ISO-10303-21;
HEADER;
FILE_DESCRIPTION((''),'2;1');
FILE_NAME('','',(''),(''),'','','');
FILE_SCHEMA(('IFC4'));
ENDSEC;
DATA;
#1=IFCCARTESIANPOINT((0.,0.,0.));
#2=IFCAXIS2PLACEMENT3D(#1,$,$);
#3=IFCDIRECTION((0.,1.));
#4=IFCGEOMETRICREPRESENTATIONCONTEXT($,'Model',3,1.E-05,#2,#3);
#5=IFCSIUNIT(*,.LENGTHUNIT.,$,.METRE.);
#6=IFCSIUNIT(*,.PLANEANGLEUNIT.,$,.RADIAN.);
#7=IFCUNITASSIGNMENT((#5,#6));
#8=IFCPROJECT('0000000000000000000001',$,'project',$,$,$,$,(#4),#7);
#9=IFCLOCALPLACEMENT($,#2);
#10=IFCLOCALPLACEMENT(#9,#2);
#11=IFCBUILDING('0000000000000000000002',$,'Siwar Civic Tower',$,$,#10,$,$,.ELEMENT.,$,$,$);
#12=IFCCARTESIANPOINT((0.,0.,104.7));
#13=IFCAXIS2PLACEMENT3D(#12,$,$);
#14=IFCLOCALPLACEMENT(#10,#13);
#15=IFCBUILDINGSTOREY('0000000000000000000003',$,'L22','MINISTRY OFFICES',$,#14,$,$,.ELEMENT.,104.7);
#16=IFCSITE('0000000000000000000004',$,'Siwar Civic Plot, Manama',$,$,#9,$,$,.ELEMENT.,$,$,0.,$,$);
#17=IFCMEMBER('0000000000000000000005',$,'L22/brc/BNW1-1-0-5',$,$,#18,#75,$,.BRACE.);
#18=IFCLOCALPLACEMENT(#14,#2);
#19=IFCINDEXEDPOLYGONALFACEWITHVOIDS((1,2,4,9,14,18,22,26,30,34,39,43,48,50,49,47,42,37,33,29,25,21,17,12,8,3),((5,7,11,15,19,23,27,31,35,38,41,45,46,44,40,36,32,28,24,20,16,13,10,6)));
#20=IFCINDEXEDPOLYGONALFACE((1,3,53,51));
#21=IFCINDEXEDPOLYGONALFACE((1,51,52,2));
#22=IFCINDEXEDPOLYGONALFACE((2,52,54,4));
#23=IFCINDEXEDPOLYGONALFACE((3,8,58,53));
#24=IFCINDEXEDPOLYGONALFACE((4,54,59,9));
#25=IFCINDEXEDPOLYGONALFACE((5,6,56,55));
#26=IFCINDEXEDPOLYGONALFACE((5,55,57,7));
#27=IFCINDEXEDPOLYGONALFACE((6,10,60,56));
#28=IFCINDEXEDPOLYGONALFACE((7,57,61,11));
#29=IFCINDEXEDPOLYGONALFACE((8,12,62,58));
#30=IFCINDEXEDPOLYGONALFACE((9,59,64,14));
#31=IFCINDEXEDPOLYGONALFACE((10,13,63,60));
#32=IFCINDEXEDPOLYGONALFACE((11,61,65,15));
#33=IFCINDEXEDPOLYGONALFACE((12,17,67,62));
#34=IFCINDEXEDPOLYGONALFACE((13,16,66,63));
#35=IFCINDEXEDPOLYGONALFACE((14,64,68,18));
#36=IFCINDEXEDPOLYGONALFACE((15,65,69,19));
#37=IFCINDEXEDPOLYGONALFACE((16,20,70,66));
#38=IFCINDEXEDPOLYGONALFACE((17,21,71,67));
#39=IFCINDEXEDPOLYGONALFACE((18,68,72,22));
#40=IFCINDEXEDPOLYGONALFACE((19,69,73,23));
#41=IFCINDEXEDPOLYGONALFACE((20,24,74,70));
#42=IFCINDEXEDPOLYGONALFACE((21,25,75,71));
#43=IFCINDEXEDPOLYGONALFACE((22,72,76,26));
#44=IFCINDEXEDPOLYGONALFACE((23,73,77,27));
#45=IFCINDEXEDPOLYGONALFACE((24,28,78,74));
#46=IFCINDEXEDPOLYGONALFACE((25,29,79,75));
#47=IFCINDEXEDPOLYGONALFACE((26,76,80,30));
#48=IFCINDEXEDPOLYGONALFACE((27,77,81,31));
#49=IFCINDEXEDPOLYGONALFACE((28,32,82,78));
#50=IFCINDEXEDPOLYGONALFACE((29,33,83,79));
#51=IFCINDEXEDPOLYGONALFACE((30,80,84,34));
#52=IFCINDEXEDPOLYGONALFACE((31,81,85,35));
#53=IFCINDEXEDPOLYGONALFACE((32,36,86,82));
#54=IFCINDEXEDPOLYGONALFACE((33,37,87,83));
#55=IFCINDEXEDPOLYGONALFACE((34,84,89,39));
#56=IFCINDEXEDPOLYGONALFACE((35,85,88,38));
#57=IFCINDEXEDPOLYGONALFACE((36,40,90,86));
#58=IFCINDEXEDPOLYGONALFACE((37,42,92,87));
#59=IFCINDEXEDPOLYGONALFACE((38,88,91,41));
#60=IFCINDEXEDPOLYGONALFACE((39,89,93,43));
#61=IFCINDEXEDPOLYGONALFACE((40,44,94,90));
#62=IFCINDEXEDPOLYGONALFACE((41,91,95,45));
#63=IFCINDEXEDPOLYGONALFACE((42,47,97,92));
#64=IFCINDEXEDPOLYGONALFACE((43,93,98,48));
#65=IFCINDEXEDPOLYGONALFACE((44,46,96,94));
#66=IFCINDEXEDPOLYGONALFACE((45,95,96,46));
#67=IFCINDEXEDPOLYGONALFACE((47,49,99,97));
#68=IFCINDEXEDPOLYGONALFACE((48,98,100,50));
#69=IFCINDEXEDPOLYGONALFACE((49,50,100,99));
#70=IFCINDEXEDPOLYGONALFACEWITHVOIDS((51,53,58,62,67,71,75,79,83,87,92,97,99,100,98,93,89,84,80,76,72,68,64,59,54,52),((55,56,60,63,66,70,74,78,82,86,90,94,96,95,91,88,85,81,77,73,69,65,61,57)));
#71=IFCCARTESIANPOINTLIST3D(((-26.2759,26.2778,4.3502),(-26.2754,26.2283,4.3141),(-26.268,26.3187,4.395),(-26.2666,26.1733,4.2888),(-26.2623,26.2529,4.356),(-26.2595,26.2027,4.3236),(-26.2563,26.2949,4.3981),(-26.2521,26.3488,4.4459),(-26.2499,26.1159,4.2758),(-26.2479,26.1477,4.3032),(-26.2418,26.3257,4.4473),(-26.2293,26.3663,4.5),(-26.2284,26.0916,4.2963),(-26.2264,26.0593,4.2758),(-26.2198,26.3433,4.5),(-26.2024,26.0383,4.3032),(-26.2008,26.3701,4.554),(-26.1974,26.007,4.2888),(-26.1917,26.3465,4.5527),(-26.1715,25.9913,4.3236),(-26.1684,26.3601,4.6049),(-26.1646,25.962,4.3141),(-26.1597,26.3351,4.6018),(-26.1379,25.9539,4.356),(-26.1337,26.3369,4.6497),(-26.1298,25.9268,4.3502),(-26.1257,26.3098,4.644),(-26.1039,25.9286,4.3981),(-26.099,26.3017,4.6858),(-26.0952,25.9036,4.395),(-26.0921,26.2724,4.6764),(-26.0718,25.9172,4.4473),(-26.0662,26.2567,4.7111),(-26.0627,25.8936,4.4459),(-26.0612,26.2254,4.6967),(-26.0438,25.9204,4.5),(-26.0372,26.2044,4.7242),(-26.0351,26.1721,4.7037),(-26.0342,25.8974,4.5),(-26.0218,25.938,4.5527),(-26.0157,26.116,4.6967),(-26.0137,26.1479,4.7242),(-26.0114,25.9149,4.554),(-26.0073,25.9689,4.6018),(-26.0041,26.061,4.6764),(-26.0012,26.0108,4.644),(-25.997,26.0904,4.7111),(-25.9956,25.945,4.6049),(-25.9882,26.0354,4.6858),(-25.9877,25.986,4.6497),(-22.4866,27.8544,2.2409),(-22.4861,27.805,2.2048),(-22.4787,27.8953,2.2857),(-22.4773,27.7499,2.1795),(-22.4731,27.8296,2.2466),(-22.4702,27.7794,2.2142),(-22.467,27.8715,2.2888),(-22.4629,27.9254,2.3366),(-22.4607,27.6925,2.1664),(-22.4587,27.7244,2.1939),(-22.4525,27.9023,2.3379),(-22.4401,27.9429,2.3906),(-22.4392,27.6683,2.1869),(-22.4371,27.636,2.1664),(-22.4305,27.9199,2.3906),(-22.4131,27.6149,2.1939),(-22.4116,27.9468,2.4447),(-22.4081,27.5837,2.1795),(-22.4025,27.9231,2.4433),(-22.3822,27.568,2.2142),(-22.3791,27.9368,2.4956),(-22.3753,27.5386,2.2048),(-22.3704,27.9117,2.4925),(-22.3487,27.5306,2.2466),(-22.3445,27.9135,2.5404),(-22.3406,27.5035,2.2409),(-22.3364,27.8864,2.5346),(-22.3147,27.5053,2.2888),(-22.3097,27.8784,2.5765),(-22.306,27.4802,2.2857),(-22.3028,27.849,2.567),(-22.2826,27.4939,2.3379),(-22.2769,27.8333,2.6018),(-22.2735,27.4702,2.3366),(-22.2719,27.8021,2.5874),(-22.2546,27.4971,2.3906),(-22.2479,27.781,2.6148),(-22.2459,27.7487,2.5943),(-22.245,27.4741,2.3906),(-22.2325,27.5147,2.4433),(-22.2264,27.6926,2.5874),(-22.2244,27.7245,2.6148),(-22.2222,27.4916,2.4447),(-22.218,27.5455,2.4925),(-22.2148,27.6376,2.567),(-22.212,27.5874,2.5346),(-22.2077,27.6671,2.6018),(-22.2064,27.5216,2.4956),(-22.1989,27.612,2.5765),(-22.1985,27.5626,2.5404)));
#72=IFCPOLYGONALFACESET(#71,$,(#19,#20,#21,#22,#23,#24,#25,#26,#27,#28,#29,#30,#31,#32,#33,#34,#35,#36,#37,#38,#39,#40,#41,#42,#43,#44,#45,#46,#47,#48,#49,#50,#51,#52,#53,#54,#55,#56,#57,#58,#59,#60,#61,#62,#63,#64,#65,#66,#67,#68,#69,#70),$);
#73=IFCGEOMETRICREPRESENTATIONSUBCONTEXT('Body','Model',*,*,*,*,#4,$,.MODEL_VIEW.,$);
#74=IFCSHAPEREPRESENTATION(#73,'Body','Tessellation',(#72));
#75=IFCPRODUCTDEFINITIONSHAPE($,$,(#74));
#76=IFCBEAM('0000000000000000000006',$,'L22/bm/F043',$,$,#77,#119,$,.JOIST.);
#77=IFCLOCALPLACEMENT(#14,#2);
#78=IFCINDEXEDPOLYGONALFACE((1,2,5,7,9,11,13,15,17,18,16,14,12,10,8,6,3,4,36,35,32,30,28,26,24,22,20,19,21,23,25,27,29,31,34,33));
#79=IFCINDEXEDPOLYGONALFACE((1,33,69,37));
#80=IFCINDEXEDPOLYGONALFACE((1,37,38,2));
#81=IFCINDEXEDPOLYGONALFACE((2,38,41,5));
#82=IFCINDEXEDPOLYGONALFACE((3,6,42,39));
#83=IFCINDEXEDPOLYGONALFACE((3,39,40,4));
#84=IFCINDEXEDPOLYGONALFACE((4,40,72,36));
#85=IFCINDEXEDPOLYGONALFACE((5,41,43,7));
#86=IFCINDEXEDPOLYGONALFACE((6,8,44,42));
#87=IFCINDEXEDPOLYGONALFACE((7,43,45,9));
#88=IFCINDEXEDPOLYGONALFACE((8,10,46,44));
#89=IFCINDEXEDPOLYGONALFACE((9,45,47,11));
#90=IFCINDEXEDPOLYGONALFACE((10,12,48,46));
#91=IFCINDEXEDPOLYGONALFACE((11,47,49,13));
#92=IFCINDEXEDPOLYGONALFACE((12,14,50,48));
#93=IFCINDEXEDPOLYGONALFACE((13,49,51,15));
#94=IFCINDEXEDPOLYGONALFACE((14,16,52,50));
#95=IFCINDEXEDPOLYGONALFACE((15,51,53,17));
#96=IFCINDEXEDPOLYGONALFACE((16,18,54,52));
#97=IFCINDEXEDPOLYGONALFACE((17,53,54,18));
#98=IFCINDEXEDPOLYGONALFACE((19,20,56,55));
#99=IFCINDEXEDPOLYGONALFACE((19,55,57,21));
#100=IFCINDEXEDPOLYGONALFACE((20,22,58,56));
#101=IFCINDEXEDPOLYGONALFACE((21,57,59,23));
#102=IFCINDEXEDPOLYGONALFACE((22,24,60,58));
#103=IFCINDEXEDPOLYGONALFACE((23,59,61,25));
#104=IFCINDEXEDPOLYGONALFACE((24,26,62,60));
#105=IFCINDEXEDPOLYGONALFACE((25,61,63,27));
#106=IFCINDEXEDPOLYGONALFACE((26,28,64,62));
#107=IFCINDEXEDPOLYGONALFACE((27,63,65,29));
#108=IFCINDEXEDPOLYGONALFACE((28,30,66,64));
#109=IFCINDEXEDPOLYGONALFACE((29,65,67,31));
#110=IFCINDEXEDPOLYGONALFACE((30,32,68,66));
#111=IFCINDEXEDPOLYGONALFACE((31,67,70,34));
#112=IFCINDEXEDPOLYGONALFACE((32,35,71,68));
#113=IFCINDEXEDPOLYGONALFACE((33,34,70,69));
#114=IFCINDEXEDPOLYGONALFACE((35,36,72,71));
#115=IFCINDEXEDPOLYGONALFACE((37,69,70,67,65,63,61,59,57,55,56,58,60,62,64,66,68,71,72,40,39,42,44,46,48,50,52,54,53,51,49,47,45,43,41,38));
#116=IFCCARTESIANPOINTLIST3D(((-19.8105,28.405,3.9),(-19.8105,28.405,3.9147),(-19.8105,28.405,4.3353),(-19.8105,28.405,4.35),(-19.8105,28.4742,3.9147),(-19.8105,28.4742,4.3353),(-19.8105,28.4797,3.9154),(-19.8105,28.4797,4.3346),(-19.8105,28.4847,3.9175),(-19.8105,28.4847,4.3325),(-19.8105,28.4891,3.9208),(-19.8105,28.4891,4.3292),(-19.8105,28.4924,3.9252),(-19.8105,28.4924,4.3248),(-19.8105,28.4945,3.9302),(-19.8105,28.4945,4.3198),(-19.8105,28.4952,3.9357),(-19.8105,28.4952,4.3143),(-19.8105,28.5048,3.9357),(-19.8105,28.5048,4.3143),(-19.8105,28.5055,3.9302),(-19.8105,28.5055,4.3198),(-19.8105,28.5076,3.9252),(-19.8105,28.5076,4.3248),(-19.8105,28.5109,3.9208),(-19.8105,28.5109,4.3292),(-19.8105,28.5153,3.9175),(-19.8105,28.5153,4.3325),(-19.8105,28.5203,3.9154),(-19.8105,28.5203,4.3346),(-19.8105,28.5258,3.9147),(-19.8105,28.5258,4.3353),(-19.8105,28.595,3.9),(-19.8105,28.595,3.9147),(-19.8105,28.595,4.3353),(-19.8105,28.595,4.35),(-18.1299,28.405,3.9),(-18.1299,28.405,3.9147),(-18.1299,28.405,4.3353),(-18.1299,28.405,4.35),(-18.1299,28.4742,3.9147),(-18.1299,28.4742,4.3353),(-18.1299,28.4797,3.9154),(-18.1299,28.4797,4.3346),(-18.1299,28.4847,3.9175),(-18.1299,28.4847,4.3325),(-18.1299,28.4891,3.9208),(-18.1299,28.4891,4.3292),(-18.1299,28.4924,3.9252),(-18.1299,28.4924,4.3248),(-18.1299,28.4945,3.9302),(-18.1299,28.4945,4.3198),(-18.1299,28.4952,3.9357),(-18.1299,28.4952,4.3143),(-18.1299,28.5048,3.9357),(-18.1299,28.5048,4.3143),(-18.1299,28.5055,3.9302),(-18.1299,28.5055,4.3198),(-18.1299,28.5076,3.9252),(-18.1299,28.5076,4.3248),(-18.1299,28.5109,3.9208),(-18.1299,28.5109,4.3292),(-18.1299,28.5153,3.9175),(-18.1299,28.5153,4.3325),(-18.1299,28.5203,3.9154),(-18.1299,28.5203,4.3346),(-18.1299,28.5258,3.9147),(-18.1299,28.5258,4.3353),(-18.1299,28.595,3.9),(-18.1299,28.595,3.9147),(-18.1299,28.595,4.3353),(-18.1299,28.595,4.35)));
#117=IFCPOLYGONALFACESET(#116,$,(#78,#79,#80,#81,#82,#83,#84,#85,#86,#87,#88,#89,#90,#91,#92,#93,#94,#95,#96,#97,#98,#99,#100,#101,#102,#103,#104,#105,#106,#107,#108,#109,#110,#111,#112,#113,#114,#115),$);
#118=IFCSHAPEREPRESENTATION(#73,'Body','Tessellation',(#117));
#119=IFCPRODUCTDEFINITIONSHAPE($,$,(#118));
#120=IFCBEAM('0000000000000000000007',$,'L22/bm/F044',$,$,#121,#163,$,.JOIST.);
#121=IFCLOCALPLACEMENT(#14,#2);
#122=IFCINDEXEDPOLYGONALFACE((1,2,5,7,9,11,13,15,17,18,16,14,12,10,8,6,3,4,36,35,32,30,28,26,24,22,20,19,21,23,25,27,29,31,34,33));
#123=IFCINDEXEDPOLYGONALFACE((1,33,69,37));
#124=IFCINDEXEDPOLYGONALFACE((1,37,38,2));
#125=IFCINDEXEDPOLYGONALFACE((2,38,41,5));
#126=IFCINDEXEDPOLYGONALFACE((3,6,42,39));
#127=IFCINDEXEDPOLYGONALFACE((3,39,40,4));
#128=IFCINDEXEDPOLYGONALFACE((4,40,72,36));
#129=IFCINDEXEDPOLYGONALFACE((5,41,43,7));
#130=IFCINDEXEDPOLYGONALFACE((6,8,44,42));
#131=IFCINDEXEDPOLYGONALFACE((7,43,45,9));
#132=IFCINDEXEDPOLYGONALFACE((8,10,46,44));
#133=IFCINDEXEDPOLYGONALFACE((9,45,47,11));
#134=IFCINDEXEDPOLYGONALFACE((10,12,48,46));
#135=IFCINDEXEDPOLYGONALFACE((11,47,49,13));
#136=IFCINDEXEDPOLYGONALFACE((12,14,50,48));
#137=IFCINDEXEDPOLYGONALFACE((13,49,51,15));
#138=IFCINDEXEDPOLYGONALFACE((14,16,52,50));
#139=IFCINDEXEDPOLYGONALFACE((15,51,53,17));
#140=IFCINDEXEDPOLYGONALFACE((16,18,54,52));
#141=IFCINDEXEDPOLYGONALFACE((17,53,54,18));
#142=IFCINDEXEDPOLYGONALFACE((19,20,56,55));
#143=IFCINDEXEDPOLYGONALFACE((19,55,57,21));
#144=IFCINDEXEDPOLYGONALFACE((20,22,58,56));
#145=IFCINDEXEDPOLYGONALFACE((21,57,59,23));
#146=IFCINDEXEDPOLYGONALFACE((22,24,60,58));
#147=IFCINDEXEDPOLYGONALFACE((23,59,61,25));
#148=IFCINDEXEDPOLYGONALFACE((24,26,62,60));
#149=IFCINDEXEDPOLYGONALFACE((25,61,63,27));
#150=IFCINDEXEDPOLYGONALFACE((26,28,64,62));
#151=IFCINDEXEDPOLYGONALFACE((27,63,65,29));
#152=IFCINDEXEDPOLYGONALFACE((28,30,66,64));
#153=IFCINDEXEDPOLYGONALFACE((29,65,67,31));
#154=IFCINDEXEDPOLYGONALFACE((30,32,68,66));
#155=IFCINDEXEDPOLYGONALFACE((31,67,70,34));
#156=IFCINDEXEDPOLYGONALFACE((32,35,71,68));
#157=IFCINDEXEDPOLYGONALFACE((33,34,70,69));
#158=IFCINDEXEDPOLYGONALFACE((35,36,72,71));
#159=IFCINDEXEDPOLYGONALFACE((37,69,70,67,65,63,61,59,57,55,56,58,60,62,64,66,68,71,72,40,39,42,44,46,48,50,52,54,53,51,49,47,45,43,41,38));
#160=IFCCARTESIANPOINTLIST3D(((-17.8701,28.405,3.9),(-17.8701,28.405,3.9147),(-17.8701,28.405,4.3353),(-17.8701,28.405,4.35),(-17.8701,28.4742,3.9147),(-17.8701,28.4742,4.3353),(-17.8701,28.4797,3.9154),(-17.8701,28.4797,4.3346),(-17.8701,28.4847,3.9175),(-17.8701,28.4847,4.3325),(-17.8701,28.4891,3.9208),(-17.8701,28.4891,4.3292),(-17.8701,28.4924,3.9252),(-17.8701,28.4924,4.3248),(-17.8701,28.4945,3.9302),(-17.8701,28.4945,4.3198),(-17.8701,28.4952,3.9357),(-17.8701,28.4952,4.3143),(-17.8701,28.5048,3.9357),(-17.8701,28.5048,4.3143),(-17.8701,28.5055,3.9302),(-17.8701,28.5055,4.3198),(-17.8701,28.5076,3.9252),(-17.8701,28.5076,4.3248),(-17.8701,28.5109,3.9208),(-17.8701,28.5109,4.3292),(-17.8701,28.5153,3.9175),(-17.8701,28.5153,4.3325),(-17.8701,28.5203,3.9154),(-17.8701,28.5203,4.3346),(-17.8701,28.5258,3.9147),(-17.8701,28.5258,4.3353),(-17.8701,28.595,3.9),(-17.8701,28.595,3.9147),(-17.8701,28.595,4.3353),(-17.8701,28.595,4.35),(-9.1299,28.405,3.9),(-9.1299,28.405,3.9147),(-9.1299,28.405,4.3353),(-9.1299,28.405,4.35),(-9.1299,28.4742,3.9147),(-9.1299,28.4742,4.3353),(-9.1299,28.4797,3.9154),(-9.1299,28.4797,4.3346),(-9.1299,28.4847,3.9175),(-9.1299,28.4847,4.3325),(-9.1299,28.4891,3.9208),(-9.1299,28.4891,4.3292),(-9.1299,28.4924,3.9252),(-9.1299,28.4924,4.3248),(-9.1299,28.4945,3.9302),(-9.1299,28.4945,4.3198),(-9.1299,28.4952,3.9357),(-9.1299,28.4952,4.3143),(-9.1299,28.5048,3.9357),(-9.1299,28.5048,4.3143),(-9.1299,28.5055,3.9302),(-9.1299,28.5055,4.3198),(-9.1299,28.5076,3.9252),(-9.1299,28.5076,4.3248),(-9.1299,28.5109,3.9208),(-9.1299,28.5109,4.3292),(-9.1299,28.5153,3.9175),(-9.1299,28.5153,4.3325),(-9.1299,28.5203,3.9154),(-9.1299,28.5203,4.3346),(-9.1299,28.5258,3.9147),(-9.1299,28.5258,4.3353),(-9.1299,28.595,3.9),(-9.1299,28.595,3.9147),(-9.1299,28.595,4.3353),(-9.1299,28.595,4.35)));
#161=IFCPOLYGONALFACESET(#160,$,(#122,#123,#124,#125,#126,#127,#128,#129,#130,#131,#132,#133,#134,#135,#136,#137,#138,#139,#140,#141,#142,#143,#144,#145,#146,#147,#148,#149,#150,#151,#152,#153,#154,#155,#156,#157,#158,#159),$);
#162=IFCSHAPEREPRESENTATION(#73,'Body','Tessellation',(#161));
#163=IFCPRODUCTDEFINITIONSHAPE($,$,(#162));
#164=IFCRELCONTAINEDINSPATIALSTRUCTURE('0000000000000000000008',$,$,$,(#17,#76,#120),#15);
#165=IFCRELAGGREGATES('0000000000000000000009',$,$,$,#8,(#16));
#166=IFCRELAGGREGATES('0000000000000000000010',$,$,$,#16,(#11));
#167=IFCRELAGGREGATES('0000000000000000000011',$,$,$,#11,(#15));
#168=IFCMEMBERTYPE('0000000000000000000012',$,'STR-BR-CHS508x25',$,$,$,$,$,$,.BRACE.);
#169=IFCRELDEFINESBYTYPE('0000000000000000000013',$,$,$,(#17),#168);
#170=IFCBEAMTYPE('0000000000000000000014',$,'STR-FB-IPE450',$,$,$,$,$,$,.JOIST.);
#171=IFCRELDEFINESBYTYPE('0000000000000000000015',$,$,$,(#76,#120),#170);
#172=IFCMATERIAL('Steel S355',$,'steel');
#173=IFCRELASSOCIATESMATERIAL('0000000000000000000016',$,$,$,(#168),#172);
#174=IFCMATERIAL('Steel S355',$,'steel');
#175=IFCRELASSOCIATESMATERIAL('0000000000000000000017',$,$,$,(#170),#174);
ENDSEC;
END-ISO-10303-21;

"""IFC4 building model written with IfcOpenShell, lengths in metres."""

from ifc_helpers import new_model, si_unit, direction, frame, origin, origin_2d, place, context, subcontext, project, spatial, hollow_circle, i_section, extrude, material, material_profile, profile_set, type_object, element, save


model = new_model("IFC4")

# Units and contexts
model_context = context("Model", 3, precision=1e-05, world=origin(), true_north=direction((0.0, 1.0)))
body_context = subcontext(model_context, "Body", "Model", "MODEL_VIEW")
ifc_project = project(units=[si_unit("LENGTHUNIT", "METRE"), si_unit("PLANEANGLEUNIT", "RADIAN")], contexts=[model_context])

# Site, building, storey
site_placement = place(None, origin())
site = spatial("IfcSite", under=ifc_project, at=site_placement, Name="Siwar Civic Plot, Manama", CompositionType="ELEMENT", RefElevation=0.0)
building_placement = place(site_placement, origin())
building = spatial("IfcBuilding", under=site, at=building_placement, Name="Siwar Civic Tower", CompositionType="ELEMENT")
storey_placement = place(building_placement, frame((0.0, 0.0, 104.7)))
storey = spatial("IfcBuildingStorey", under=building, at=storey_placement, Name="L22", Description="MINISTRY OFFICES", CompositionType="ELEMENT", Elevation=104.7)

# Member
ifc_material_1 = material(Name="Steel S355", Category="steel")
ifc_material_profile_1 = material_profile(ifc_material_1, hollow_circle(Radius=0.2539, WallThickness=0.0249, at=origin_2d()), Name="CHS508x25")
ifc_profile_set_1 = profile_set([ifc_material_profile_1], Name="Steel S355")
member_type_1 = type_object("IfcMemberType", Name="STR-BR-CHS508x25", PredefinedType="BRACE", material=ifc_profile_set_1)
for number, where, z_axis, x_axis, name in (
    (1, (-22.3425, 27.7085, 2.3906), (-0.821163, -0.341671, 0.457113), (0.384155, -0.923269, 0.0), "L22/brc/BNW1-1-0-5"),
):
    element("IfcMember", number, at=place(storey_placement, frame(where, z_axis=z_axis, x_axis=x_axis)), inside=storey, type_object=member_type_1, Name=name, PredefinedType="BRACE", context=body_context, shape_type="SweptSolid", body=[
        extrude(hollow_circle(Radius=0.2539, WallThickness=0.0249, at=origin_2d()), origin(), (0.0, 0.0, 1.0), 4.6145),
    ])

# Beams
ifc_material_2 = material(Name="Steel S355", Category="steel")
ifc_material_profile_2 = material_profile(ifc_material_2, i_section(OverallWidth=0.1899, OverallDepth=0.45, WebThickness=0.0095, FlangeThickness=0.0146, FilletRadius=0.021, at=origin_2d()), Name="IPE450")
ifc_profile_set_2 = profile_set([ifc_material_profile_2], Name="Steel S355")
beam_type_1 = type_object("IfcBeamType", Name="STR-FB-IPE450", PredefinedType="JOIST", material=ifc_profile_set_2)
beam_1_placement = place(storey_placement, frame((-19.8105, 28.5, 4.125), z_axis=(1.0, 0.0, 0.0), x_axis=(0.0, 1.0, 0.0)))
element("IfcBeam", 2, at=beam_1_placement, inside=storey, type_object=beam_type_1, Name="L22/bm/F043", PredefinedType="JOIST", context=body_context, shape_type="SweptSolid", body=[
    extrude(i_section(OverallWidth=0.1899, OverallDepth=0.45, WebThickness=0.0095, FlangeThickness=0.0146, FilletRadius=0.021, at=origin_2d()), origin(), (0.0, 0.0, 1.0), 1.6807),
])
beam_2_placement = place(storey_placement, frame((-17.8701, 28.5, 4.125), z_axis=(1.0, 0.0, 0.0), x_axis=(0.0, 1.0, 0.0)))
element("IfcBeam", 3, at=beam_2_placement, inside=storey, type_object=beam_type_1, Name="L22/bm/F044", PredefinedType="JOIST", context=body_context, shape_type="SweptSolid", body=[
    extrude(i_section(OverallWidth=0.1899, OverallDepth=0.45, WebThickness=0.0095, FlangeThickness=0.0146, FilletRadius=0.021, at=origin_2d()), origin(), (0.0, 0.0, 1.0), 8.7402),
])

save(model, "model.ifc")
